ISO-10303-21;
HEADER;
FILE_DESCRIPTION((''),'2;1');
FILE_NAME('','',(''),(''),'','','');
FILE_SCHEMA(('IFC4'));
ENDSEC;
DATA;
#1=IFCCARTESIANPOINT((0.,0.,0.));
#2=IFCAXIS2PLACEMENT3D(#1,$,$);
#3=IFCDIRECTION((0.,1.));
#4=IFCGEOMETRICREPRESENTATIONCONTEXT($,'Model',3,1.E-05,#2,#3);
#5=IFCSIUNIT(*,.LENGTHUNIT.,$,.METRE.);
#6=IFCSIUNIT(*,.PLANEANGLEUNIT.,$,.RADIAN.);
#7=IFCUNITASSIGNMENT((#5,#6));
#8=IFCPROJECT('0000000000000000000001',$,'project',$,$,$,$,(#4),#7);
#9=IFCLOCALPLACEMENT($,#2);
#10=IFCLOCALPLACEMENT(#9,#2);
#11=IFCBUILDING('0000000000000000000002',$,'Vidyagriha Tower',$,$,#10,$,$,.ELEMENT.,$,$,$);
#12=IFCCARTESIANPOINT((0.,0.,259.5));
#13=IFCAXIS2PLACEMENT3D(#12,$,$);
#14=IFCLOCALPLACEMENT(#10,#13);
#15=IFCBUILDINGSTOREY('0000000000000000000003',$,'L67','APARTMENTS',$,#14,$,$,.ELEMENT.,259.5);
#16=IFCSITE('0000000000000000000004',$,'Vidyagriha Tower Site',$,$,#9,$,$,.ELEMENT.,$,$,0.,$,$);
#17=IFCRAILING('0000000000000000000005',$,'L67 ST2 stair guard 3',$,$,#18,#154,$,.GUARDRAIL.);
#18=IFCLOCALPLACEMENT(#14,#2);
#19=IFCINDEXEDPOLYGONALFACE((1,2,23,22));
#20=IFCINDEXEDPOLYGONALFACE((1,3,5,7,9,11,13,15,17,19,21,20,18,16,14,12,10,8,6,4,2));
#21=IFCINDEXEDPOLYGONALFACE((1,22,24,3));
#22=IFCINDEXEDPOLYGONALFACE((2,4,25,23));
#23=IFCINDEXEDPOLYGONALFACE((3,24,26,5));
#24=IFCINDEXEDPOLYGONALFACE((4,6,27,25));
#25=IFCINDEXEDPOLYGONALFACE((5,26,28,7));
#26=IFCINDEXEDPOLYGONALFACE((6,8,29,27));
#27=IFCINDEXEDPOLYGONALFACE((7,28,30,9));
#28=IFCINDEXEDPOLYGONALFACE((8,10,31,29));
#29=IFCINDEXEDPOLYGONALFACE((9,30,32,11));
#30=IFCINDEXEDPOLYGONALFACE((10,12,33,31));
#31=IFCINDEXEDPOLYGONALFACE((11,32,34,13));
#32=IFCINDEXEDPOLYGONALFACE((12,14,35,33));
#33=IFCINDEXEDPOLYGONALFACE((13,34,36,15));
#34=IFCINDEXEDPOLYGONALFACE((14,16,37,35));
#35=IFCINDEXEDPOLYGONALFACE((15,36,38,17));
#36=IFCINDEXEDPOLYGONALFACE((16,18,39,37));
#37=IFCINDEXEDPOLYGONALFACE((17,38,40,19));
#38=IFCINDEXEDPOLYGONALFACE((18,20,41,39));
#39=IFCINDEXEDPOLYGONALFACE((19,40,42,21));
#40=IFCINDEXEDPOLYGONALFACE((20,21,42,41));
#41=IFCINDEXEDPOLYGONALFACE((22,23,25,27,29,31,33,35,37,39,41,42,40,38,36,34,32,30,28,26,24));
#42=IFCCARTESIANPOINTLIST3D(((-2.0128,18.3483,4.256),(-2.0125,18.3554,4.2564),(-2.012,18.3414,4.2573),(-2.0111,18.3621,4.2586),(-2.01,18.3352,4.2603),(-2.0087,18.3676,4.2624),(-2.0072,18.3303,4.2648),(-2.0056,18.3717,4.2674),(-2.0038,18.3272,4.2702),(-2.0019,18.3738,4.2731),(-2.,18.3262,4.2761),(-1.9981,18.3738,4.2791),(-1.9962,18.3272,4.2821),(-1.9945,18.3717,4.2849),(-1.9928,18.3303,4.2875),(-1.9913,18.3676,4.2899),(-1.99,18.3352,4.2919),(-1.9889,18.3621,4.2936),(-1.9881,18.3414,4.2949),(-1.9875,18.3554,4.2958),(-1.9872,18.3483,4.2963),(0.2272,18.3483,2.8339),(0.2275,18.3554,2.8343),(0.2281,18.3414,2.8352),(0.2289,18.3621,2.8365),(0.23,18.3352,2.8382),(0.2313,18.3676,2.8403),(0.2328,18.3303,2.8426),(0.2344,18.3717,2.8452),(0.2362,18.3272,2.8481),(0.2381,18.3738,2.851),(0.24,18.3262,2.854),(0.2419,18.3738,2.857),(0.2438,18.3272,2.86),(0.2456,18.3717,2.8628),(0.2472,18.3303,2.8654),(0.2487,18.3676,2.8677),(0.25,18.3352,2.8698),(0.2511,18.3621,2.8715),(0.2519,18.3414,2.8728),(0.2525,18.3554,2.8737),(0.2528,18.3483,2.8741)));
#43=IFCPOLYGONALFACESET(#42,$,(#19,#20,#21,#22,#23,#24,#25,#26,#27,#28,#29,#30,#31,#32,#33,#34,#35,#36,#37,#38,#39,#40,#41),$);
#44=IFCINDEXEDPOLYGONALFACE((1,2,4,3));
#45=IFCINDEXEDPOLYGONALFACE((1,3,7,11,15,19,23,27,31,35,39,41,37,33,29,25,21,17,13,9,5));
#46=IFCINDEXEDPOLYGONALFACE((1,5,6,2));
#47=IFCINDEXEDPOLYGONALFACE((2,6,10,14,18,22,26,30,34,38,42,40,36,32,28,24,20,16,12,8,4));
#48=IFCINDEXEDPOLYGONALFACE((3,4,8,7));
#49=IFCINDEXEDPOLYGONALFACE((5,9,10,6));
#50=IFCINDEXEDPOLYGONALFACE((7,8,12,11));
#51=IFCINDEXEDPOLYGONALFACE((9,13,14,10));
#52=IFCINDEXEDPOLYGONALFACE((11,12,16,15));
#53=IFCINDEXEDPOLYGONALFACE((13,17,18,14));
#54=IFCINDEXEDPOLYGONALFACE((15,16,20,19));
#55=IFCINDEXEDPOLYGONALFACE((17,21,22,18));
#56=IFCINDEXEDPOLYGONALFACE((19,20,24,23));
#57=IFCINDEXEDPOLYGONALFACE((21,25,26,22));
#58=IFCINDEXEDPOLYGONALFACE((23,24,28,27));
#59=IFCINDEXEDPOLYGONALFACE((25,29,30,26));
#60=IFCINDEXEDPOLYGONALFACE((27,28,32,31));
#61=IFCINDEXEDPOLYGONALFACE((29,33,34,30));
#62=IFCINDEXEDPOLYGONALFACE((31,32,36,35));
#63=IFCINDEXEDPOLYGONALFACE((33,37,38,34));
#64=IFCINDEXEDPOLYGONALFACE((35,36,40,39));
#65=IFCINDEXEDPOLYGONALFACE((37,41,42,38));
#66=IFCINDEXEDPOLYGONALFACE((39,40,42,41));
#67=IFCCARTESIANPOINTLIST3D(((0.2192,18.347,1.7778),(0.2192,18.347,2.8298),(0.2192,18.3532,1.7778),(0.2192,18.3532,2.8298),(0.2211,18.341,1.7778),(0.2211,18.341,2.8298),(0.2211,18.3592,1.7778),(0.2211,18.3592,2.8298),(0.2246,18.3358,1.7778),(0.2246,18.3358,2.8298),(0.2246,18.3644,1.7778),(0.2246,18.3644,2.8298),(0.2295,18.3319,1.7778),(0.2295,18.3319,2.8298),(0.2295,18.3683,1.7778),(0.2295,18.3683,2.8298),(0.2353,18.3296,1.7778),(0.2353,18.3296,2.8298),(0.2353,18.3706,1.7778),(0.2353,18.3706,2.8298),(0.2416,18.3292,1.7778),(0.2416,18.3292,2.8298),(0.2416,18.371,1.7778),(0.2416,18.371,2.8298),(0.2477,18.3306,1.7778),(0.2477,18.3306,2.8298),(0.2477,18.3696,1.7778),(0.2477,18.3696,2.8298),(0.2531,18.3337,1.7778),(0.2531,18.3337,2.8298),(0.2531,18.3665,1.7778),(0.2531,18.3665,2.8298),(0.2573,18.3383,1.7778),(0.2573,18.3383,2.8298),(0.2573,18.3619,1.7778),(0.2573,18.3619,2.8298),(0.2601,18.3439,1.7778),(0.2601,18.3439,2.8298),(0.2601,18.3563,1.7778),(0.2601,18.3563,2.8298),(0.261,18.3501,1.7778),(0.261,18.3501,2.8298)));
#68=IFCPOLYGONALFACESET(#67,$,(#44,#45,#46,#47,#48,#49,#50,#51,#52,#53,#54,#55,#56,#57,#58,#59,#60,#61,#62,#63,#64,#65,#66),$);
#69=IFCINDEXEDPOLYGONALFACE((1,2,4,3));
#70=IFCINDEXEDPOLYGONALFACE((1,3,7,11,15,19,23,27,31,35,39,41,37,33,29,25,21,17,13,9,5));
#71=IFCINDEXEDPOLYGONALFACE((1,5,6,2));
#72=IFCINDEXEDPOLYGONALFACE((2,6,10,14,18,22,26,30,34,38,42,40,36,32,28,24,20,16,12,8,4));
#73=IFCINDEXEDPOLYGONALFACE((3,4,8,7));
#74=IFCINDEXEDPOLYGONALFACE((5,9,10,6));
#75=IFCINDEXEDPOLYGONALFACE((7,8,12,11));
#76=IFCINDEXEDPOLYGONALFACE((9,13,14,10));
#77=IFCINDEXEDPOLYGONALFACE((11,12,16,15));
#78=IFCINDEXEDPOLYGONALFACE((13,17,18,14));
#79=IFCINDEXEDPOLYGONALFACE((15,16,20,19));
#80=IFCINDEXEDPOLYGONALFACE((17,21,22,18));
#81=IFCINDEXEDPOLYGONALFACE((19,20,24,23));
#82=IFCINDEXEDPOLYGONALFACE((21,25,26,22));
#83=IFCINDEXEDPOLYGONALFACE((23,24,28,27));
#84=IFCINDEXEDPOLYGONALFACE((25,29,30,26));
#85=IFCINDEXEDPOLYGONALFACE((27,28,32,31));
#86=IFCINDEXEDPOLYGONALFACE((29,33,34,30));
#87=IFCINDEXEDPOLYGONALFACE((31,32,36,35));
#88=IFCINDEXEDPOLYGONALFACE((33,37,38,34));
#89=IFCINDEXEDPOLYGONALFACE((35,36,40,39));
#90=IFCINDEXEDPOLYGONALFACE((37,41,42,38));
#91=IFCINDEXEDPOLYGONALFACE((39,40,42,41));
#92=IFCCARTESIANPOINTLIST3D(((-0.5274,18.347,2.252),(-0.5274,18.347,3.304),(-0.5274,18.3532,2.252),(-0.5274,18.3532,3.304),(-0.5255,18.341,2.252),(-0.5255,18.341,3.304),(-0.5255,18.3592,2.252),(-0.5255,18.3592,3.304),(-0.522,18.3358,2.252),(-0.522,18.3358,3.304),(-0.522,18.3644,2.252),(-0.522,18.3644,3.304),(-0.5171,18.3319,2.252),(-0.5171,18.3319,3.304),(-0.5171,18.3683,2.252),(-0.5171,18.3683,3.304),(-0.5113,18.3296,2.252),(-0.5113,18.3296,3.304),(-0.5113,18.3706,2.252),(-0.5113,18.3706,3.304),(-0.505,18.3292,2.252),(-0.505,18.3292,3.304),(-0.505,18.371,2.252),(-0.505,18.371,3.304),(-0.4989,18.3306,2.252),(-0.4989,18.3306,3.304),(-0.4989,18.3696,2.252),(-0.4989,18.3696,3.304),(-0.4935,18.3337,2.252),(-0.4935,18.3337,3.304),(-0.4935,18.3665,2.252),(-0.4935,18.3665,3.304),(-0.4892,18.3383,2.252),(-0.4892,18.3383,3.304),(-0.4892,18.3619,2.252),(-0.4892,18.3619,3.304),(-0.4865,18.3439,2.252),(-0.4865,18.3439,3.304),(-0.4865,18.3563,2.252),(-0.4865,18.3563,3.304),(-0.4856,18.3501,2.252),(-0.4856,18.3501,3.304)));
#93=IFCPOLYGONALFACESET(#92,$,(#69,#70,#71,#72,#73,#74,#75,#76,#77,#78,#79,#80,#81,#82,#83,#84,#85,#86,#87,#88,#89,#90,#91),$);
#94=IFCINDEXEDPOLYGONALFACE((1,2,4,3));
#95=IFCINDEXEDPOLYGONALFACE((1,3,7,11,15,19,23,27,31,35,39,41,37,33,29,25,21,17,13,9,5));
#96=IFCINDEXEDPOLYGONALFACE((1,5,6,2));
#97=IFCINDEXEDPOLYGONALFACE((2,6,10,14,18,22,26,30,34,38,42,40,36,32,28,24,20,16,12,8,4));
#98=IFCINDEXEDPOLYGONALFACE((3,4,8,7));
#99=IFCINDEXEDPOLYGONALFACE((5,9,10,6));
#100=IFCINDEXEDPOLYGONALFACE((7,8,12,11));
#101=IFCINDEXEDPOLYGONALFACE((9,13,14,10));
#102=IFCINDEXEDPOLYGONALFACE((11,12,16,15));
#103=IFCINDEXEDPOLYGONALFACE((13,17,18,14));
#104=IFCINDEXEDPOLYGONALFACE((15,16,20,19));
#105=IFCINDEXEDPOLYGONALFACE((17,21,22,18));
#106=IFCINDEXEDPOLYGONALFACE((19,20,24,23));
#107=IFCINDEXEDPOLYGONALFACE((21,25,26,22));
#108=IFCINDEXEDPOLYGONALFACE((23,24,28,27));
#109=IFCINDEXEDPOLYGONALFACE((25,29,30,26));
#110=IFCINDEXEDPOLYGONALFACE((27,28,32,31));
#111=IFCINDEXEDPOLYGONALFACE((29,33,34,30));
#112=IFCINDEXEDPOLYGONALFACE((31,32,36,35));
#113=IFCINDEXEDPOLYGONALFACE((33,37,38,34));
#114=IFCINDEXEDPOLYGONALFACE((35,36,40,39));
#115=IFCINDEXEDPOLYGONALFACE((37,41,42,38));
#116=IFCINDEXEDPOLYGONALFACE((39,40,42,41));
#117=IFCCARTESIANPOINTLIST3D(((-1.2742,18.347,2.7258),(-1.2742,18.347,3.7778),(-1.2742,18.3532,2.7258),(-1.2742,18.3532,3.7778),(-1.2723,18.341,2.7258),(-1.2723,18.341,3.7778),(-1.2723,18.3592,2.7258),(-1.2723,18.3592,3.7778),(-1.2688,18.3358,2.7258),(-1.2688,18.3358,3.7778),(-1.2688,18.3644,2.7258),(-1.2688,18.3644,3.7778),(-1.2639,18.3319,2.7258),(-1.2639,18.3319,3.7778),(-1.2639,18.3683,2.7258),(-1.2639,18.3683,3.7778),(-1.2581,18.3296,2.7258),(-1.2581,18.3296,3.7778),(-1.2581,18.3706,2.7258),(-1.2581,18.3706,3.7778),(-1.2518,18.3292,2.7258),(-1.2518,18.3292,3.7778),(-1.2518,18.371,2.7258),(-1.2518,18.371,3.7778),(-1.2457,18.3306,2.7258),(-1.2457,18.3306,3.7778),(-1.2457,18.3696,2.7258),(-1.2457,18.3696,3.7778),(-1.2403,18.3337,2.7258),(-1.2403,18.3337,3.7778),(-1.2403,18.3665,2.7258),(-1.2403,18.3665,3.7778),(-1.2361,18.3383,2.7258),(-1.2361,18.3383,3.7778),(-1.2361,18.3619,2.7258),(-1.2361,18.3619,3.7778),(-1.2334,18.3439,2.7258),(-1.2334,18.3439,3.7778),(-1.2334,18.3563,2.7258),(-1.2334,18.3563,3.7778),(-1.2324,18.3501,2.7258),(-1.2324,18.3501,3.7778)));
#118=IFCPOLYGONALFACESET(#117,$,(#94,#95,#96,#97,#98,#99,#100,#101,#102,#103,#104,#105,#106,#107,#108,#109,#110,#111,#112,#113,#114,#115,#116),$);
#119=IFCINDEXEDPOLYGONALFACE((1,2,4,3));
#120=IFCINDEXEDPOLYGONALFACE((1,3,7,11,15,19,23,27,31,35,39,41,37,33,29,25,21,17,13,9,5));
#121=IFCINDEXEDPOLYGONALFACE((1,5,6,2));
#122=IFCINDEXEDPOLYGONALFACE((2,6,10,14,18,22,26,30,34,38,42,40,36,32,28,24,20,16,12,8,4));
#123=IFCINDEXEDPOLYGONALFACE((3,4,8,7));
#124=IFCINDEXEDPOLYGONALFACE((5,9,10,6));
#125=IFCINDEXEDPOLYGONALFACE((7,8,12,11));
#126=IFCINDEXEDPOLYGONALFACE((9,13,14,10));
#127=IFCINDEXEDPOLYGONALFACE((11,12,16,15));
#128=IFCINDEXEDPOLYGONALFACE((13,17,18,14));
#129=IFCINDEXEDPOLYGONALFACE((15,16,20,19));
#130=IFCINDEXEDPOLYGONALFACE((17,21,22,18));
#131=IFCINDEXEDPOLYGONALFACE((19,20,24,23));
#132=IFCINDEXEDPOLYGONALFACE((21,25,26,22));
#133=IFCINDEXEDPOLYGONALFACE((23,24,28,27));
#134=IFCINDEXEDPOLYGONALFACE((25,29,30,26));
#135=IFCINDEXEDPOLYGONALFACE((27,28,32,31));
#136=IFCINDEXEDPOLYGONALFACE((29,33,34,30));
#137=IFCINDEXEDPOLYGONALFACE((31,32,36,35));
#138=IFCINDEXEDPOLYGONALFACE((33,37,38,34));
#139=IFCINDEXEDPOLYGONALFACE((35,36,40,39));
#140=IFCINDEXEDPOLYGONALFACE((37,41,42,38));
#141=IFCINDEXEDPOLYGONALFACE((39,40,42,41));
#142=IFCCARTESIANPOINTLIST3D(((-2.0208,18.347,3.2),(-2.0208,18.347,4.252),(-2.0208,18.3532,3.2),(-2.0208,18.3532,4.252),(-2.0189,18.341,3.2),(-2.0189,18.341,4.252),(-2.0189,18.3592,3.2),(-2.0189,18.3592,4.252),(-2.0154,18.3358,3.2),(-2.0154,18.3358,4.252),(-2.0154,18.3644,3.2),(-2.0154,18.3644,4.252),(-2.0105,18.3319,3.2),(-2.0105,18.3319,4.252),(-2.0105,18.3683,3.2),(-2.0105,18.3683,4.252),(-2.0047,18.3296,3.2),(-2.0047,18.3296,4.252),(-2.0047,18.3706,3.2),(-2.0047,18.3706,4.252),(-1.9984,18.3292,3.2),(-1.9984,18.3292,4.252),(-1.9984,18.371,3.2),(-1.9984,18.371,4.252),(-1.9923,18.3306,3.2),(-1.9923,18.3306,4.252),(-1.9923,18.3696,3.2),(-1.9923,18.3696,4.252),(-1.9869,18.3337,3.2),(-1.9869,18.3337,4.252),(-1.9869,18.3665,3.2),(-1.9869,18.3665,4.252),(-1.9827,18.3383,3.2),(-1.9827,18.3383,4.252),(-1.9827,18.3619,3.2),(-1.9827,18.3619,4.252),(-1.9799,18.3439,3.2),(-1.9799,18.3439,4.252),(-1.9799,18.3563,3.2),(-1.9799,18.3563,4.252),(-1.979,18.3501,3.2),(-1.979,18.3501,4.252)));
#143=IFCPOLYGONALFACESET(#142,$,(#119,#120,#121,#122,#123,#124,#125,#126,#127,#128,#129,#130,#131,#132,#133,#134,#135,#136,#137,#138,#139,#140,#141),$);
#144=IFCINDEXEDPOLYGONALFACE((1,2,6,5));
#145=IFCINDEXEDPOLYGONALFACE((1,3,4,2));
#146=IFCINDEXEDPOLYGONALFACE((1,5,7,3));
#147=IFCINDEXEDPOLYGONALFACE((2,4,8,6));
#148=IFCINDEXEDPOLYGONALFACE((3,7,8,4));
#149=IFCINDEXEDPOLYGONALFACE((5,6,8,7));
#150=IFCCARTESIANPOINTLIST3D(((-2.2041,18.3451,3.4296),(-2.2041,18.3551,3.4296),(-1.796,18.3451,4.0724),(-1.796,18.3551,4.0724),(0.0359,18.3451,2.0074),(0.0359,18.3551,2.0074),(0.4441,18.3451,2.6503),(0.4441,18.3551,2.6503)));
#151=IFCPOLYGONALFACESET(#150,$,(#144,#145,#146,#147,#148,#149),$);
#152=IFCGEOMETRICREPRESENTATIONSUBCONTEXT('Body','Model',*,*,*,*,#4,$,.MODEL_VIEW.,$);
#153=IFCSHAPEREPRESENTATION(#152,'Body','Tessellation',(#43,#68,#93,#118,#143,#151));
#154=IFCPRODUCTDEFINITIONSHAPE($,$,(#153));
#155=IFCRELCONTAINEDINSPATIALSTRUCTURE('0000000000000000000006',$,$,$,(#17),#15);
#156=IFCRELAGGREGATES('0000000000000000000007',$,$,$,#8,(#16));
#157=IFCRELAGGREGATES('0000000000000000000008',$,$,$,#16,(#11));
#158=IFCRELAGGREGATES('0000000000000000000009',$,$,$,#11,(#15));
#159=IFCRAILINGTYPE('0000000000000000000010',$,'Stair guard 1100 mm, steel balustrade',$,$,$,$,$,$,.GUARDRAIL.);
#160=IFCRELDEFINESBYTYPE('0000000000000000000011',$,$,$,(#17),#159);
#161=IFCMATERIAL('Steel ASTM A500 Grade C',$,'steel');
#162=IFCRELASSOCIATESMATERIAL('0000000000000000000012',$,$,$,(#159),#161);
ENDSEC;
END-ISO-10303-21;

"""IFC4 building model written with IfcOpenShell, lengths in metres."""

from ifc_helpers import new_model, si_unit, direction, frame, origin, origin_2d, place, context, subcontext, project, spatial, rectangle, circle, extrude, material, type_object, element, save


model = new_model("IFC4")

# Units and contexts
model_context = context("Model", 3, precision=1e-05, world=origin(), true_north=direction((0.0, 1.0)))
body_context = subcontext(model_context, "Body", "Model", "MODEL_VIEW")
ifc_project = project(units=[si_unit("LENGTHUNIT", "METRE"), si_unit("PLANEANGLEUNIT", "RADIAN")], contexts=[model_context])

# Site, building, storey
site_placement = place(None, origin())
site = spatial("IfcSite", under=ifc_project, at=site_placement, Name="Vidyagriha Tower Site", CompositionType="ELEMENT", RefElevation=0.0)
building_placement = place(site_placement, origin())
building = spatial("IfcBuilding", under=site, at=building_placement, Name="Vidyagriha Tower", CompositionType="ELEMENT")
storey_placement = place(building_placement, frame((0.0, 0.0, 259.5)))
storey = spatial("IfcBuildingStorey", under=building, at=storey_placement, Name="L67", Description="APARTMENTS", CompositionType="ELEMENT", Elevation=259.5)

# Railing
ifc_material_1 = material(Name="Steel ASTM A500 Grade C", Category="steel")
railing_type_1 = type_object("IfcRailingType", Name="Stair guard 1100 mm, steel balustrade", PredefinedType="GUARDRAIL", material=ifc_material_1)
railing_1_placement = place(storey_placement, frame((0.24, 18.3501, 1.7778)))
element("IfcRailing", 1, at=railing_1_placement, inside=storey, type_object=railing_type_1, Name="L67 ST2 stair guard 3", PredefinedType="GUARDRAIL", context=body_context, shape_type="SweptSolid", body=[
    extrude(circle(Radius=0.0239, at=origin_2d()), frame((0.0, 0.0, 1.0762), z_axis=(-0.844229, 0.0, 0.535982), x_axis=(0.0, -1.0, 0.0)), (0.0, 0.0, 1.0), 2.6533),
    extrude(circle(Radius=0.021, at=origin_2d()), origin(), (0.0, 0.0, 1.0), 1.052),
    extrude(circle(Radius=0.021, at=origin_2d()), frame((-0.7466, 0.0, 0.4741)), (0.0, 0.0, 1.0), 1.052),
    extrude(circle(Radius=0.021, at=origin_2d()), frame((-1.4934, 0.0, 0.948)), (0.0, 0.0, 1.0), 1.052),
    extrude(circle(Radius=0.021, at=origin_2d()), frame((-2.24, 0.0, 1.4221)), (0.0, 0.0, 1.0), 1.052),
    extrude(rectangle(XDim=0.01, YDim=0.7615, at=origin_2d()), frame((0.0, 0.0, 0.551), z_axis=(-0.844229, 0.0, 0.535982), x_axis=(0.0, -1.0, 0.0)), (0.0, 0.0, 1.0), 2.6533),
])

save(model, "model.ifc")
